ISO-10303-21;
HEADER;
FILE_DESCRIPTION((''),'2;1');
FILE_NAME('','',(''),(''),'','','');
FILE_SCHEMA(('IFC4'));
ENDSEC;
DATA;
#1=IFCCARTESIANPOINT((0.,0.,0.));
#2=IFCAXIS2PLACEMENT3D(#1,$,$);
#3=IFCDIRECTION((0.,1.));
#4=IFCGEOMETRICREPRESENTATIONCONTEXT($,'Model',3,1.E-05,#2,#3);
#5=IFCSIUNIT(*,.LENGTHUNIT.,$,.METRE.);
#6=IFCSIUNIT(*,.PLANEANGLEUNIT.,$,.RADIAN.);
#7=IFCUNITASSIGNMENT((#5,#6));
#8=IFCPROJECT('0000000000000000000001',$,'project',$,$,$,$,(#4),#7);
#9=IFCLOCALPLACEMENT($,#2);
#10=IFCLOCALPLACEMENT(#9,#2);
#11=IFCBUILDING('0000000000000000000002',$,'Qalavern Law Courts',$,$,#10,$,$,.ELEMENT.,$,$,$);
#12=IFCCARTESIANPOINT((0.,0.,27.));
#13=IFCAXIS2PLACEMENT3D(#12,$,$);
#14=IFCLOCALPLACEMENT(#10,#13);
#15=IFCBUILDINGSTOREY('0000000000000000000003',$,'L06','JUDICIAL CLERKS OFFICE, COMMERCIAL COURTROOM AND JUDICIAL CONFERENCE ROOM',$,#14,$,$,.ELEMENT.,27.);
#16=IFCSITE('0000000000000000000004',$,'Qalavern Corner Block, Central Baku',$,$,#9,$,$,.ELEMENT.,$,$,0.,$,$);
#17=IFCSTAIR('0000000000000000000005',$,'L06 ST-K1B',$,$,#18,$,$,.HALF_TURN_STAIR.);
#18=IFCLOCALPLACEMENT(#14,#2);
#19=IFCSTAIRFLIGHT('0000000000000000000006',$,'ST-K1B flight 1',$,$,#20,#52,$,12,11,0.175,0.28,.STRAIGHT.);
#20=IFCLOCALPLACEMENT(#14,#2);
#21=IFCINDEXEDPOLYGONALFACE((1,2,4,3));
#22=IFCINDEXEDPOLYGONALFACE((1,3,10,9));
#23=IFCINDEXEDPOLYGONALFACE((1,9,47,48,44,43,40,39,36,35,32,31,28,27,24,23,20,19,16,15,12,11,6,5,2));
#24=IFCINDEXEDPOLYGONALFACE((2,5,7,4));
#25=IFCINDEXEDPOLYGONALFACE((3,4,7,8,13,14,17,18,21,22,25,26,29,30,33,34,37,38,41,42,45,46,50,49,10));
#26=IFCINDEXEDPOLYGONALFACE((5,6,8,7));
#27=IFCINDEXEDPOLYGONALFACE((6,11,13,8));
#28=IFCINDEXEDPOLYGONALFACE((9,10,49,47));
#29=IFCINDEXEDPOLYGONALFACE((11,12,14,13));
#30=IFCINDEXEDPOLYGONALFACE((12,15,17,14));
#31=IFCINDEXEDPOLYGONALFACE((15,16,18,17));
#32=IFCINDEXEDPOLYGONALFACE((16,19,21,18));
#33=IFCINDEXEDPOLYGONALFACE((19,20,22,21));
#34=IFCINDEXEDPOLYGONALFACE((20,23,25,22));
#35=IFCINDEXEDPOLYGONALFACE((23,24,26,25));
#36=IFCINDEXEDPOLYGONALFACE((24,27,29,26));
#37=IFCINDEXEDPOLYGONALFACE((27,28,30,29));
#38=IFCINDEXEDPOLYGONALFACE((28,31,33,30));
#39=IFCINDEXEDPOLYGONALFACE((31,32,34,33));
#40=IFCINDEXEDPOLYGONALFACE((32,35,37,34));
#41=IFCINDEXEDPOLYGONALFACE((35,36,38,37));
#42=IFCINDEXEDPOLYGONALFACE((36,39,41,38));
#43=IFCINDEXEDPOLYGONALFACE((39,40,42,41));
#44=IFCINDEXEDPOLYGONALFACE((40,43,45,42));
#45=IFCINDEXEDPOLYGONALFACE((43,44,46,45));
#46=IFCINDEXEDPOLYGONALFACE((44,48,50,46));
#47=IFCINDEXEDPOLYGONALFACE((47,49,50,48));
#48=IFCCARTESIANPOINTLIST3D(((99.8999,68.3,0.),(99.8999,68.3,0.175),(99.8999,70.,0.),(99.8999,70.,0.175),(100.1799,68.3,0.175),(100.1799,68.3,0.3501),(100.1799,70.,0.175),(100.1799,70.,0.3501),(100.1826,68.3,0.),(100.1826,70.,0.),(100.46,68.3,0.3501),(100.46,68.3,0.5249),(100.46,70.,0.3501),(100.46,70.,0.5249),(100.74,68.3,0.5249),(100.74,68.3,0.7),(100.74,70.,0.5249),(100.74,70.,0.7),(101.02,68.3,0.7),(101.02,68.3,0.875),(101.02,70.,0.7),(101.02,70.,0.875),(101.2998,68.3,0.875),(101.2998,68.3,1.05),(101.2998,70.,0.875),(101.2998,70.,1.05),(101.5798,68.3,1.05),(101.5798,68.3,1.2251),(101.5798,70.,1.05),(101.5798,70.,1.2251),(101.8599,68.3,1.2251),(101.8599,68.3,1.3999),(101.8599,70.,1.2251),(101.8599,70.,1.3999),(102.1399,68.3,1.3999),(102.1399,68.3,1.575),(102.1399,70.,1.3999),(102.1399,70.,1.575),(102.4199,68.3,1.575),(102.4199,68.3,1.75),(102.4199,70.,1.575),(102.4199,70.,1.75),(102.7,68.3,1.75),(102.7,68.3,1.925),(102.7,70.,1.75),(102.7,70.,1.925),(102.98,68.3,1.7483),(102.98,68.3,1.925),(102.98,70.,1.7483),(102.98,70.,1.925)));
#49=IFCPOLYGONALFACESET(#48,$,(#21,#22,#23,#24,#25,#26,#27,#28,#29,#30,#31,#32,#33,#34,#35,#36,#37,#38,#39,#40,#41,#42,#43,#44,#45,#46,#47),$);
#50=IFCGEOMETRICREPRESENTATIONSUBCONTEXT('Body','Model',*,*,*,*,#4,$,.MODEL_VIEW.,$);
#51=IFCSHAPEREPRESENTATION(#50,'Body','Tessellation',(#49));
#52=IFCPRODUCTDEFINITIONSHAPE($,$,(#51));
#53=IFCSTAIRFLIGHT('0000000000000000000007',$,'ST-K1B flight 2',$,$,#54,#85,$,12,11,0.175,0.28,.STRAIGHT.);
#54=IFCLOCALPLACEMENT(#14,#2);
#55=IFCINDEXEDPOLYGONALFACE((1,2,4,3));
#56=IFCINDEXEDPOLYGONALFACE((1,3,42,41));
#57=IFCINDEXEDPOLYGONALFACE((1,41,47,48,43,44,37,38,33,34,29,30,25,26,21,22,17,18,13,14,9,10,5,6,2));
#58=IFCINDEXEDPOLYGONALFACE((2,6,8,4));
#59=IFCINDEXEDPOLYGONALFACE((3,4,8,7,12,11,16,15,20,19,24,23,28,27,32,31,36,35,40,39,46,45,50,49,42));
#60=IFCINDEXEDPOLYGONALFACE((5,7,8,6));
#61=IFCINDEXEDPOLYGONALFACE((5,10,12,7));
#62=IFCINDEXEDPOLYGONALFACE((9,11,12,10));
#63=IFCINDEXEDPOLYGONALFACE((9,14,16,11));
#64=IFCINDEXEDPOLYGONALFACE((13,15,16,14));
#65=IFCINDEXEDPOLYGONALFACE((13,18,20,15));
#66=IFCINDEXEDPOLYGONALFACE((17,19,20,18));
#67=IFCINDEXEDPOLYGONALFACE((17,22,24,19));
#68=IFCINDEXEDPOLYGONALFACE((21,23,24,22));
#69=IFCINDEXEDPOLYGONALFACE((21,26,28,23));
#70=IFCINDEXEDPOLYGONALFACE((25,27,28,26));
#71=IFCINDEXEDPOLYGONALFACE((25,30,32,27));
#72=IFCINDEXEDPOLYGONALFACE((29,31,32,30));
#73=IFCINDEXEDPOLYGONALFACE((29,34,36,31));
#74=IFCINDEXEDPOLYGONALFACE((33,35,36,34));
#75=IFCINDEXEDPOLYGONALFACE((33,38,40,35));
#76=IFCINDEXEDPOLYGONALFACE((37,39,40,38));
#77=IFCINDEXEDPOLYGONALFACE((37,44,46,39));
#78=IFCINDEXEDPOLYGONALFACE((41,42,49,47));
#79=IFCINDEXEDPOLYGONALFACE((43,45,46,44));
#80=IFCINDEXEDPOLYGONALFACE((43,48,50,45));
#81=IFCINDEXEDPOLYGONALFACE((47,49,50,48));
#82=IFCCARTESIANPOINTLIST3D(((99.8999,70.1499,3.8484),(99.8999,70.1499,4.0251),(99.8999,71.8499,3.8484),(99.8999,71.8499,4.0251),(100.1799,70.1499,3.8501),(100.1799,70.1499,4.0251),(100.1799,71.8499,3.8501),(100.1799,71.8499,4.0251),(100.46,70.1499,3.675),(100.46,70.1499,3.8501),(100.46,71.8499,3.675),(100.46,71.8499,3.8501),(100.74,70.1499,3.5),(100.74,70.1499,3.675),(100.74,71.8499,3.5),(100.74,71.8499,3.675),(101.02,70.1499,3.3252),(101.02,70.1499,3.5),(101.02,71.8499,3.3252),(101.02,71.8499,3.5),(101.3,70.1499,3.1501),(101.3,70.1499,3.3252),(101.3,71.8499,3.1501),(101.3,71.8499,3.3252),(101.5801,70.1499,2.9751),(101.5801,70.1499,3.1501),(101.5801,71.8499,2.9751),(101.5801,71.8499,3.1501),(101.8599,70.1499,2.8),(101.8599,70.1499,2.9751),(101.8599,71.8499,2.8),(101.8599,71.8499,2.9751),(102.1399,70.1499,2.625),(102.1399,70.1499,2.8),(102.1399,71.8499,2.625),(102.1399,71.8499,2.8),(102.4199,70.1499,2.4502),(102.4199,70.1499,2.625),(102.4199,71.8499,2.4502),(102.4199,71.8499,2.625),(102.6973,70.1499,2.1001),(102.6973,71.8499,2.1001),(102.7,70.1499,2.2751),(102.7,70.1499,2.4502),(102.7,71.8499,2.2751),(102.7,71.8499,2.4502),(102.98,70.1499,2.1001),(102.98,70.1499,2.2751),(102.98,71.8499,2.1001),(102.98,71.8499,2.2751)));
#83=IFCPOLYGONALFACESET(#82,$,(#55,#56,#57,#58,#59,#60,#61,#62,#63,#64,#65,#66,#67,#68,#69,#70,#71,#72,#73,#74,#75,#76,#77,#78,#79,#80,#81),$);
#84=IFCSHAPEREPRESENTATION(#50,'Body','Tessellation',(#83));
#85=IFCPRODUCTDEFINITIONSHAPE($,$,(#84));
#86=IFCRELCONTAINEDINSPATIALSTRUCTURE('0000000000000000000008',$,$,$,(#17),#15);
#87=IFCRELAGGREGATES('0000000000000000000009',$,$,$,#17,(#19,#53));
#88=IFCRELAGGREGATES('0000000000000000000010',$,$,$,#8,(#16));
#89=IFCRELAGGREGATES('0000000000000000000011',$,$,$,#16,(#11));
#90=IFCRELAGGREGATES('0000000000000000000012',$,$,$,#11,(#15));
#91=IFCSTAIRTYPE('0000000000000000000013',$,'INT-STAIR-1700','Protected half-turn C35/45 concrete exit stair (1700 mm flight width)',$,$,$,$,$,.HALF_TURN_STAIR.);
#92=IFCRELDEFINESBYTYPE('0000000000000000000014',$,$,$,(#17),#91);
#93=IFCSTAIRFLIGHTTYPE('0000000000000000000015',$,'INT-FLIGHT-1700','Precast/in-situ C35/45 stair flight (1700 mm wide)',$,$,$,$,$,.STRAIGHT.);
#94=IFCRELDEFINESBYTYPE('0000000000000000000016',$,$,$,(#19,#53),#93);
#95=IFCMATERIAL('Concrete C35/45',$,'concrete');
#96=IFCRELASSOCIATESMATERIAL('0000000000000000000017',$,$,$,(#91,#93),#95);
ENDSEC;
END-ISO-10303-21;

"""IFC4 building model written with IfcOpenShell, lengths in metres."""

from ifc_helpers import new_model, si_unit, direction, frame, origin, place, context, subcontext, project, spatial, polyline, outline, extrude, material, type_object, element, aggregate, save


model = new_model("IFC4")

# Units and contexts
model_context = context("Model", 3, precision=1e-05, world=origin(), true_north=direction((0.0, 1.0)))
body_context = subcontext(model_context, "Body", "Model", "MODEL_VIEW")
ifc_project = project(units=[si_unit("LENGTHUNIT", "METRE"), si_unit("PLANEANGLEUNIT", "RADIAN")], contexts=[model_context])

# Site, building, storey
site_placement = place(None, origin())
site = spatial("IfcSite", under=ifc_project, at=site_placement, Name="Qalavern Corner Block, Central Baku", CompositionType="ELEMENT", RefElevation=0.0)
building_placement = place(site_placement, origin())
building = spatial("IfcBuilding", under=site, at=building_placement, Name="Qalavern Law Courts", CompositionType="ELEMENT")
storey_placement = place(building_placement, frame((0.0, 0.0, 27.0)))
storey = spatial("IfcBuildingStorey", under=building, at=storey_placement, Name="L06", Description="JUDICIAL CLERKS OFFICE, COMMERCIAL COURTROOM AND JUDICIAL CONFERENCE ROOM", CompositionType="ELEMENT", Elevation=27.0)

# Stair, stair flights
ifc_material_1 = material(Name="Concrete C35/45", Category="concrete")
stair_type = type_object("IfcStairType", Name="INT-STAIR-1700", Description="Protected half-turn C35/45 concrete exit stair (1700 mm flight width)", PredefinedType="HALF_TURN_STAIR", material=ifc_material_1)
stair_placement = place(storey_placement, origin())
stair = element("IfcStair", 1, at=stair_placement, inside=storey, type_object=stair_type, Name="L06 ST-K1B", PredefinedType="HALF_TURN_STAIR")
stair_flight_type = type_object("IfcStairFlightType", Name="INT-FLIGHT-1700", Description="Precast/in-situ C35/45 stair flight (1700 mm wide)", PredefinedType="STRAIGHT", material=ifc_material_1)
stair_flight_1_placement = place(storey_placement, frame((99.8999, 69.1499, 0.0), z_axis=(0.0, 0.0, 1.0), x_axis=(1.0, 0.0, 0.0)))
stair_flight_1 = element("IfcStairFlight", 2, at=stair_flight_1_placement, type_object=stair_flight_type, Name="ST-K1B flight 1", NumberOfRisers=12, NumberOfTreads=11, PredefinedType="STRAIGHT", RiserHeight=0.175, TreadLength=0.28, context=body_context, shape_type="SweptSolid", body=[
    extrude(outline(polyline([(0.0, 0.0), (0.0, 0.175), (0.28, 0.175), (0.28, 0.3501), (0.5601, 0.3501), (0.5601, 0.5249), (0.8401, 0.5249), (0.8401, 0.7), (1.1201, 0.7), (1.1201, 0.875), (1.3999, 0.875), (1.3999, 1.05), (1.6799, 1.05), (1.6799, 1.2251), (1.96, 1.2251), (1.96, 1.3999), (2.24, 1.3999), (2.24, 1.575), (2.52, 1.575), (2.52, 1.75), (2.8, 1.75), (2.8, 1.925), (3.0801, 1.925), (3.0801, 2.1001), (3.0801, 1.7483), (0.2827, 0.0), (0.0, 0.0)])), frame((0.0, 0.8501, 0.0), z_axis=(0.0, -1.0, 0.0), x_axis=(1.0, 0.0, 0.0)), (0.0, 0.0, 1.0), 1.7),
])
stair_flight_2_placement = place(storey_placement, frame((102.98, 71.0, 2.1001), z_axis=(0.0, 0.0, 1.0), x_axis=(-1.0, 0.0, 0.0)))
stair_flight_2 = element("IfcStairFlight", 3, at=stair_flight_2_placement, type_object=stair_flight_type, Name="ST-K1B flight 2", NumberOfRisers=12, NumberOfTreads=11, PredefinedType="STRAIGHT", RiserHeight=0.175, TreadLength=0.28, context=body_context, shape_type="SweptSolid", body=[
    extrude(outline(polyline([(0.0, 0.0), (0.0, 0.175), (0.28, 0.175), (0.28, 0.3501), (0.5601, 0.3501), (0.5601, 0.5249), (0.8401, 0.5249), (0.8401, 0.7), (1.1201, 0.7), (1.1201, 0.875), (1.3999, 0.875), (1.3999, 1.05), (1.6799, 1.05), (1.6799, 1.2251), (1.96, 1.2251), (1.96, 1.3999), (2.24, 1.3999), (2.24, 1.575), (2.52, 1.575), (2.52, 1.75), (2.8, 1.75), (2.8, 1.925), (3.0801, 1.925), (3.0801, 2.1001), (3.0801, 1.7483), (0.2827, 0.0), (0.0, 0.0)])), frame((0.0, 0.8501, 0.0), z_axis=(0.0, -1.0, 0.0), x_axis=(1.0, 0.0, 0.0)), (0.0, 0.0, 1.0), 1.7),
])
aggregate(stair, [stair_flight_1, stair_flight_2])

save(model, "model.ifc")
